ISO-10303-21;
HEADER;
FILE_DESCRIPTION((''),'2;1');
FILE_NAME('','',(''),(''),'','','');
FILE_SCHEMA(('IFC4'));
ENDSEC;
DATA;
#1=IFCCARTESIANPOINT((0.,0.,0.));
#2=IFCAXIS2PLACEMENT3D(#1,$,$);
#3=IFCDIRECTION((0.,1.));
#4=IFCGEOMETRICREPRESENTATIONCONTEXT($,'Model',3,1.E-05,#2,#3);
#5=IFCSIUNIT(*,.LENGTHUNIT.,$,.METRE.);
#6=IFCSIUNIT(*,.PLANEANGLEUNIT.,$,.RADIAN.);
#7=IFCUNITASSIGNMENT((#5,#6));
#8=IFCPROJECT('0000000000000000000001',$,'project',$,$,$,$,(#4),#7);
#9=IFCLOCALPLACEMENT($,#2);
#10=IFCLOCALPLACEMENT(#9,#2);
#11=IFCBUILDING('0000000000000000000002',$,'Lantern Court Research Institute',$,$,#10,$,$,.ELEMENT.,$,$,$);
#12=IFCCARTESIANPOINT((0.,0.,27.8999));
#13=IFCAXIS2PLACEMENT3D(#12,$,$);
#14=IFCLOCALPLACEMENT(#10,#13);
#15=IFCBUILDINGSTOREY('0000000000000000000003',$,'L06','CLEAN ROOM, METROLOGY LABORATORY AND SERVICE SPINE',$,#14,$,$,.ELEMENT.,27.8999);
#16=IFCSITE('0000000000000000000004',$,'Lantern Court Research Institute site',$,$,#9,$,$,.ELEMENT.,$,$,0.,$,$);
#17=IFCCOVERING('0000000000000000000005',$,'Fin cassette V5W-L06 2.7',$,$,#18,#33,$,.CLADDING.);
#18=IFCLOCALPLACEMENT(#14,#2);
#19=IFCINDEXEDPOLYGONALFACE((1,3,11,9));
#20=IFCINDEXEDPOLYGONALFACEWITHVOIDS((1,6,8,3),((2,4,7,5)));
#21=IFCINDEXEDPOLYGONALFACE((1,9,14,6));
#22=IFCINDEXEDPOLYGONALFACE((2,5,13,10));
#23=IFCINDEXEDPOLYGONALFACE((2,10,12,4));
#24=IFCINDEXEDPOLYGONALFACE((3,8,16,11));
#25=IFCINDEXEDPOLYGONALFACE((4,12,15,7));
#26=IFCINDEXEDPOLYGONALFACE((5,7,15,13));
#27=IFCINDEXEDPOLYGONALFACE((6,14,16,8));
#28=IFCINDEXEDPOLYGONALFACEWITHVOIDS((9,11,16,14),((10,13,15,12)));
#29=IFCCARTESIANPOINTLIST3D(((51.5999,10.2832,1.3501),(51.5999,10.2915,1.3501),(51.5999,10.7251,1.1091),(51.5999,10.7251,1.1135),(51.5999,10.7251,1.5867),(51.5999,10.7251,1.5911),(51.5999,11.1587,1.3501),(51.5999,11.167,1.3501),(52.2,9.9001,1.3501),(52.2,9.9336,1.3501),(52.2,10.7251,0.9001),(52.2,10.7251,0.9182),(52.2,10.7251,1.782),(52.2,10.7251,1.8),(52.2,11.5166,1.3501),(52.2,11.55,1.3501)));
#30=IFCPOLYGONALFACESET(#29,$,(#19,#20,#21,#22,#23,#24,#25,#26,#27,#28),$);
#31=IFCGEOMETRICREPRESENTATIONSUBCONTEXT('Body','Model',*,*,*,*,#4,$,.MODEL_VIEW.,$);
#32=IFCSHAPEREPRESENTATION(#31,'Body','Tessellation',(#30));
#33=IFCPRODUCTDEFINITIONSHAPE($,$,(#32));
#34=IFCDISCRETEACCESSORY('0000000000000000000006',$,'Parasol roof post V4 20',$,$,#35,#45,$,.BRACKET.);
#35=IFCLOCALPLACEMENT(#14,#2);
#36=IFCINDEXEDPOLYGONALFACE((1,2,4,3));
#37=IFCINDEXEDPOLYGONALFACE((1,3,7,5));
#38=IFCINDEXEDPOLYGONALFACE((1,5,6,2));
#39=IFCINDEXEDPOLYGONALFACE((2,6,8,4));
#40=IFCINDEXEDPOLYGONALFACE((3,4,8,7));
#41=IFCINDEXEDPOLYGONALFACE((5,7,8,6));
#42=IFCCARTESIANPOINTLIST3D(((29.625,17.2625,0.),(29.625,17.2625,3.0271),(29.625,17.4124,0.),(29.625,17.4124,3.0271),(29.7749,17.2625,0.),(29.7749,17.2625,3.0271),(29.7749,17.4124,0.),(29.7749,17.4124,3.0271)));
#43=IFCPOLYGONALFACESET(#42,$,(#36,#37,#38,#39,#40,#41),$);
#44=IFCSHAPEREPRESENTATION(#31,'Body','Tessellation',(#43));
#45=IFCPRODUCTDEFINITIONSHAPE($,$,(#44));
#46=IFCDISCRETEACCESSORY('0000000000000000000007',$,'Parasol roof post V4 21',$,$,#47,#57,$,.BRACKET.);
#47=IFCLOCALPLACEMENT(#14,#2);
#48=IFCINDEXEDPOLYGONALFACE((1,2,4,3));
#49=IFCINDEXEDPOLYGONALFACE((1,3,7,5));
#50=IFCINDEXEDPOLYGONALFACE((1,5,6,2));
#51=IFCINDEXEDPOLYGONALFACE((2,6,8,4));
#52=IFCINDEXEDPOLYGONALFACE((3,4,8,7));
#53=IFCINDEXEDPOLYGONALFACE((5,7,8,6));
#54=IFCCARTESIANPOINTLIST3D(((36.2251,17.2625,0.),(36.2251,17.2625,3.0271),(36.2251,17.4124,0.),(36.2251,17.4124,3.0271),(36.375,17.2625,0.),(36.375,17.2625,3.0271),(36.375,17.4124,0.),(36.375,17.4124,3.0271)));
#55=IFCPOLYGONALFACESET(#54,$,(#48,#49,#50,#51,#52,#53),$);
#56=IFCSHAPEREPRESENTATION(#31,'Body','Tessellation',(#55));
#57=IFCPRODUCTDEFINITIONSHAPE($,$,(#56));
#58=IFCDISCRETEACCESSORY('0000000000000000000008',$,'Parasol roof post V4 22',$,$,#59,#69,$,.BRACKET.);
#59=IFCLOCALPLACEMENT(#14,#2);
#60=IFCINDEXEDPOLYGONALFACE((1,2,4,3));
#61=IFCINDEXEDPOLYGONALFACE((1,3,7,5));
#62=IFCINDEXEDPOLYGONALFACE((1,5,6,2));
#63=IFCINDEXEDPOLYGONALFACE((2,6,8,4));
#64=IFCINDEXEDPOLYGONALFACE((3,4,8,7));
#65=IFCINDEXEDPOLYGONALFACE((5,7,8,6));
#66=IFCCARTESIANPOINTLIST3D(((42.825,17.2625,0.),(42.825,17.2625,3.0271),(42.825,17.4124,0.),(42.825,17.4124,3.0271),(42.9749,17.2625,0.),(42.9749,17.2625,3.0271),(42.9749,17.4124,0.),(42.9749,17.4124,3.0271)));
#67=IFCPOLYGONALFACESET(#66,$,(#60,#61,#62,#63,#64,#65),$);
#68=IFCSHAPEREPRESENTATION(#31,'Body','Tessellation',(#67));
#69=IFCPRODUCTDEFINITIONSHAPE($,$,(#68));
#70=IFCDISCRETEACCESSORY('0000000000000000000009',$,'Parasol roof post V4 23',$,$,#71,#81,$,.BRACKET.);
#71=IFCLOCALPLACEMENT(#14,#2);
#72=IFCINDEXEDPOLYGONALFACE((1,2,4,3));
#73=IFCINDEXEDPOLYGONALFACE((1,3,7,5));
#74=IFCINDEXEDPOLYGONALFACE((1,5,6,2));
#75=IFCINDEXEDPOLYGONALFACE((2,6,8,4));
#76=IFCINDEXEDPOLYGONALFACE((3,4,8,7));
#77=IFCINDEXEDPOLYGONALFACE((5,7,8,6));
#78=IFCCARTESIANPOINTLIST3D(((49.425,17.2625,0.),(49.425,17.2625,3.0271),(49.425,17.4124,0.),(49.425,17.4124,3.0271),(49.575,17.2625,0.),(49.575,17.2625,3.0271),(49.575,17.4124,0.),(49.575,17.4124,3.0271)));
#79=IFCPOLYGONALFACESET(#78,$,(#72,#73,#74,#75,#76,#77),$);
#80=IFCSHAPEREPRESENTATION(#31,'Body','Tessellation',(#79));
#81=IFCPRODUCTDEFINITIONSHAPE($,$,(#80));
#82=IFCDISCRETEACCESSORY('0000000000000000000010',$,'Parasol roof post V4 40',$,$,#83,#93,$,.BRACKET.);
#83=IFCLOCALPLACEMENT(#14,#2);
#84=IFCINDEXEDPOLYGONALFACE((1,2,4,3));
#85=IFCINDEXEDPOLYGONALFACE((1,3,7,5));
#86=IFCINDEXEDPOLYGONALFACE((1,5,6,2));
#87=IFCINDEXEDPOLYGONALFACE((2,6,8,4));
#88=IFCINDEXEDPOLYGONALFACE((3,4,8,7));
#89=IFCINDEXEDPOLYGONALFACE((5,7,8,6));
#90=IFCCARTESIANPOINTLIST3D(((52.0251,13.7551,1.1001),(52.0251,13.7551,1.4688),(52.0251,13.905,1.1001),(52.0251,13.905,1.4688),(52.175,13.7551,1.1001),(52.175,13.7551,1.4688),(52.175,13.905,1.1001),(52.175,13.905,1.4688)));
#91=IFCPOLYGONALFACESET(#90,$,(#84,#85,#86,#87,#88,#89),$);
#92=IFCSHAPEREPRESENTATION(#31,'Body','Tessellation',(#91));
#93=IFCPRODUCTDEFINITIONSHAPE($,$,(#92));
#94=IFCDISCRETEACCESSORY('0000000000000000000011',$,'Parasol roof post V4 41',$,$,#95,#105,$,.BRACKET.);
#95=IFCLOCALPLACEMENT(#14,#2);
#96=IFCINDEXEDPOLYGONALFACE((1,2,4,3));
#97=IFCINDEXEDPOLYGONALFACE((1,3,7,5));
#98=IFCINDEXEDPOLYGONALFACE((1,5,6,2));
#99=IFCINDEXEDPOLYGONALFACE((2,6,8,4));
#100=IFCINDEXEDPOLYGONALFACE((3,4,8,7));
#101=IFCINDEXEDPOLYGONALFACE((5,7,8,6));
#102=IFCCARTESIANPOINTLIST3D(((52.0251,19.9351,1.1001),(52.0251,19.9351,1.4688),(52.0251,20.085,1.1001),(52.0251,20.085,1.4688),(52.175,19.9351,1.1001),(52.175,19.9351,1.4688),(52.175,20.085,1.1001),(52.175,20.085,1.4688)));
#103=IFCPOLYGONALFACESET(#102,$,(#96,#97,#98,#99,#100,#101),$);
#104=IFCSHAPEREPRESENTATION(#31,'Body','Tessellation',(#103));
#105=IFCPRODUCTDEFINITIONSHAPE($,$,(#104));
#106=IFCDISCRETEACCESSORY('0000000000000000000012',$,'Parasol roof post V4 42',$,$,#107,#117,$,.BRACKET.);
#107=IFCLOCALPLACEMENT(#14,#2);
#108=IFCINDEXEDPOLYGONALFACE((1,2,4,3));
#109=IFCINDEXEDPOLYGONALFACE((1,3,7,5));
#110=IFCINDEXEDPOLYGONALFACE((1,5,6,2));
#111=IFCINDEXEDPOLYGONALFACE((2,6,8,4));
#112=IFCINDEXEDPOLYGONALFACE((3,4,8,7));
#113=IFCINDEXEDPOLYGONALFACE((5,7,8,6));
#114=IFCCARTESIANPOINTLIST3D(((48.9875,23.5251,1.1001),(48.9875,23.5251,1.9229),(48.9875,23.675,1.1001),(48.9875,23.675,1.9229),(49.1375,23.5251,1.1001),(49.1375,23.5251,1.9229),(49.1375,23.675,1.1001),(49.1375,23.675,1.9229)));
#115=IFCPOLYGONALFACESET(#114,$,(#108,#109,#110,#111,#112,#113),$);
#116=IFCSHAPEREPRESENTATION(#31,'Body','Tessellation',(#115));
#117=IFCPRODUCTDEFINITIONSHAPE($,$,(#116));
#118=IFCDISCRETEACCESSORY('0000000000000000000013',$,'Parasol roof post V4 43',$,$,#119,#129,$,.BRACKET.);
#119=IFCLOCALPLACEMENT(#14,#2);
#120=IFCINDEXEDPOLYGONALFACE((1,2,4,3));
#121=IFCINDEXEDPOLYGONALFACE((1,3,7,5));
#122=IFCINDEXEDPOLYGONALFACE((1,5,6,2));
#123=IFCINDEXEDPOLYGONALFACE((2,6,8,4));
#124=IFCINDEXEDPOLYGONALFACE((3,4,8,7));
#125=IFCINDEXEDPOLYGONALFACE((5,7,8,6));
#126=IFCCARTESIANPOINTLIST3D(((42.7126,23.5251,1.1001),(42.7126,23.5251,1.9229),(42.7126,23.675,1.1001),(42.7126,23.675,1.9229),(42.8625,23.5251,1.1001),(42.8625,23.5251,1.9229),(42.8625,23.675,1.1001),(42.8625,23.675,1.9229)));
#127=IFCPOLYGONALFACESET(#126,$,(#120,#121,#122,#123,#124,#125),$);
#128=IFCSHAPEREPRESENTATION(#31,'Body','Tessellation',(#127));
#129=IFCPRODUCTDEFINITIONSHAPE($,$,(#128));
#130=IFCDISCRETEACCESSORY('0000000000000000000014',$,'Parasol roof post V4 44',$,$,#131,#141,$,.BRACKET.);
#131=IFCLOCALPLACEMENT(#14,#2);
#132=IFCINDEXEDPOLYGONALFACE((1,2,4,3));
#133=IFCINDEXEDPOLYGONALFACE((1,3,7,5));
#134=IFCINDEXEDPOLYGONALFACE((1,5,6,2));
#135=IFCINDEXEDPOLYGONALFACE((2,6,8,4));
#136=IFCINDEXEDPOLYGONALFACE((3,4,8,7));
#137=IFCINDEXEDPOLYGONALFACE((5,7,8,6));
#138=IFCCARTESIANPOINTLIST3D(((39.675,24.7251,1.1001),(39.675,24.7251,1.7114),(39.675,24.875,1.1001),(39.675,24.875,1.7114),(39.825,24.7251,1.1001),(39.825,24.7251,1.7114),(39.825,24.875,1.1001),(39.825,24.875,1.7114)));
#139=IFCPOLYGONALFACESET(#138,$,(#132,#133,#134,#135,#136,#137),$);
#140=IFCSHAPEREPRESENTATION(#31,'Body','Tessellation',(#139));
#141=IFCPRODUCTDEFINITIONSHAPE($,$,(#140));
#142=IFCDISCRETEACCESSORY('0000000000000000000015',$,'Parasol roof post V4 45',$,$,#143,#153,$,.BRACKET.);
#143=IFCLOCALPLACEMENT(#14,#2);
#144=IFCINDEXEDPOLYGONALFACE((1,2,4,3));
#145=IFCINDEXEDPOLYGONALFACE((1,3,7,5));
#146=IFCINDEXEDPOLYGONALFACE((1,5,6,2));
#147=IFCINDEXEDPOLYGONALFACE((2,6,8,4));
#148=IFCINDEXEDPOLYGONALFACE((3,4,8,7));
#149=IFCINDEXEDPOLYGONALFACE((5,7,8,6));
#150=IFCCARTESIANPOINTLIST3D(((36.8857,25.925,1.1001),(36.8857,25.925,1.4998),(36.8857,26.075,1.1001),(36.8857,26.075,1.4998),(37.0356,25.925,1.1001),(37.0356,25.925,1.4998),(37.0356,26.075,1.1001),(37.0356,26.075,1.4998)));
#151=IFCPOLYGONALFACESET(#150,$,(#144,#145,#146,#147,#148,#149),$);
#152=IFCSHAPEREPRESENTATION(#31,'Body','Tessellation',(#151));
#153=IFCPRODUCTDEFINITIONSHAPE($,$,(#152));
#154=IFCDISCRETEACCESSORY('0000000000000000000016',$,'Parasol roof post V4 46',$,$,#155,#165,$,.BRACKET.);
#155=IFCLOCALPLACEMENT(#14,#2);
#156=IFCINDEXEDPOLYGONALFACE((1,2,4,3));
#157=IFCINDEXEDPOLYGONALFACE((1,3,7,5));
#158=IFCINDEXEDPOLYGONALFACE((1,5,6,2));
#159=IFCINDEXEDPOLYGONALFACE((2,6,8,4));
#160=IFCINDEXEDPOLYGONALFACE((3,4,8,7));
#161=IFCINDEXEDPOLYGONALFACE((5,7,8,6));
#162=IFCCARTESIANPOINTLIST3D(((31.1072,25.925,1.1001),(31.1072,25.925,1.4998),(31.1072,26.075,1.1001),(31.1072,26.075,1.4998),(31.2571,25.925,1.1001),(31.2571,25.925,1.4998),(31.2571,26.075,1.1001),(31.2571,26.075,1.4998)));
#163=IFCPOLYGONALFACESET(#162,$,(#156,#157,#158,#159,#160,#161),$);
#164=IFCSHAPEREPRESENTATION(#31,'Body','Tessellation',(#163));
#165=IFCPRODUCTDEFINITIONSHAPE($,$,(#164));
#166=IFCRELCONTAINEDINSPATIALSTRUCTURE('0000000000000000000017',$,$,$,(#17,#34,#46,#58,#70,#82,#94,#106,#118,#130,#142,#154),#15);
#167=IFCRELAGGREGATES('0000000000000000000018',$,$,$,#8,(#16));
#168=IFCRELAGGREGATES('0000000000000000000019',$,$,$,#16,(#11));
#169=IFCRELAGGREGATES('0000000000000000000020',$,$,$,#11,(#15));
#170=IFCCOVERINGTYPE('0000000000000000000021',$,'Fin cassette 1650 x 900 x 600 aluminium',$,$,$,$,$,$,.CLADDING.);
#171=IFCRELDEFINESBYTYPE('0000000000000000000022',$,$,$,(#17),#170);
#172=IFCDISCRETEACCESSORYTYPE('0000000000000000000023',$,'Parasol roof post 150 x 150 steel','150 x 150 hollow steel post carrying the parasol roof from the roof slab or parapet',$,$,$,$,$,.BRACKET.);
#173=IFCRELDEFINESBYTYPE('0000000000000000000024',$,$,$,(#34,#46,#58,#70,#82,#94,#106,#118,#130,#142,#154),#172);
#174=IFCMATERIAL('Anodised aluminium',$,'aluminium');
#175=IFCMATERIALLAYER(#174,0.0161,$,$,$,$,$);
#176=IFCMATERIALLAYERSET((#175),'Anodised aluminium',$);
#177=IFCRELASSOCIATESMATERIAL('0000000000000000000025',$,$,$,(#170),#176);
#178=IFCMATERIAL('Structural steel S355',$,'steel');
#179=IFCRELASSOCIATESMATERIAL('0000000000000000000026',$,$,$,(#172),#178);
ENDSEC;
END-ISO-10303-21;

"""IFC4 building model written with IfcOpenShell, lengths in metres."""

from ifc_helpers import new_model, entity, si_unit, direction, frame, origin, origin_2d, place, context, subcontext, project, spatial, rectangle, extrude, material, layer, layer_set, type_object, element, save


model = new_model("IFC4")

# Units and contexts
model_context = context("Model", 3, precision=1e-05, world=origin(), true_north=direction((0.0, 1.0)))
body_context = subcontext(model_context, "Body", "Model", "MODEL_VIEW")
ifc_project = project(units=[si_unit("LENGTHUNIT", "METRE"), si_unit("PLANEANGLEUNIT", "RADIAN")], contexts=[model_context])

# Site, building, storey
site_placement = place(None, origin())
site = spatial("IfcSite", under=ifc_project, at=site_placement, Name="Lantern Court Research Institute site", CompositionType="ELEMENT", RefElevation=0.0)
building_placement = place(site_placement, origin())
building = spatial("IfcBuilding", under=site, at=building_placement, Name="Lantern Court Research Institute", CompositionType="ELEMENT")
storey_placement = place(building_placement, frame((0.0, 0.0, 27.8999)))
storey = spatial("IfcBuildingStorey", under=building, at=storey_placement, Name="L06", Description="CLEAN ROOM, METROLOGY LABORATORY AND SERVICE SPINE", CompositionType="ELEMENT", Elevation=27.8999)

# Covering
ifc_material_1 = material(Name="Anodised aluminium", Category="aluminium")
ifc_layer_1 = layer(ifc_material_1, 0.0161)
ifc_layer_set_1 = layer_set([ifc_layer_1], Name="Anodised aluminium")
covering_type = type_object("IfcCoveringType", Name="Fin cassette 1650 x 900 x 600 aluminium", PredefinedType="CLADDING", material=ifc_layer_set_1)
covering_1_placement = place(storey_placement, frame((52.2, 10.7251, 1.3501), z_axis=(-1.0, 0.0, 0.0), x_axis=(0.0, -1.0, 0.0)))
cartesian_point_1 = entity("IfcCartesianPoint", [0.825, 0.0])
cartesian_point_2 = entity("IfcCartesianPoint", [0.7915, 0.0])
cartesian_point_3 = entity("IfcCartesianPoint", [0.4419, 0.0])
cartesian_point_4 = entity("IfcCartesianPoint", [0.4336, 0.0])
element("IfcCovering", 1, at=covering_1_placement, inside=storey, type_object=covering_type, Name="Fin cassette V5W-L06 2.7", PredefinedType="CLADDING", context=body_context, shape_type="SweptSolid", body=[
    entity("IfcExtrudedAreaSolidTapered", entity("IfcArbitraryProfileDefWithVoids", "AREA", None, entity("IfcPolyline", [cartesian_point_1, entity("IfcCartesianPoint", [0.0, 0.45]), entity("IfcCartesianPoint", [-0.825, 0.0]), entity("IfcCartesianPoint", [0.0, -0.45]), cartesian_point_1]), [entity("IfcPolyline", [cartesian_point_2, entity("IfcCartesianPoint", [0.0, 0.4319]), entity("IfcCartesianPoint", [-0.7915, 0.0]), entity("IfcCartesianPoint", [0.0, -0.4319]), cartesian_point_2])]), entity("IfcAxis2Placement3D", entity("IfcCartesianPoint", [0.0, 0.0, 0.0])), entity("IfcDirection", [0.0, 0.0, 1.0]), 0.6001, entity("IfcArbitraryProfileDefWithVoids", "AREA", None, entity("IfcPolyline", [cartesian_point_3, entity("IfcCartesianPoint", [0.0, 0.241]), entity("IfcCartesianPoint", [-0.4419, 0.0]), entity("IfcCartesianPoint", [0.0, -0.241]), cartesian_point_3]), [entity("IfcPolyline", [cartesian_point_4, entity("IfcCartesianPoint", [0.0, 0.2366]), entity("IfcCartesianPoint", [-0.4336, 0.0]), entity("IfcCartesianPoint", [0.0, -0.2366]), cartesian_point_4])])),
])

# Discrete accessories
ifc_material_2 = material(Name="Structural steel S355", Category="steel")
discrete_accessory_type = type_object("IfcDiscreteAccessoryType", Name="Parasol roof post 150 x 150 steel", Description="150 x 150 hollow steel post carrying the parasol roof from the roof slab or parapet", PredefinedType="BRACKET", material=ifc_material_2)
for number, where, z_axis, x_axis, name in (
    (2, (29.7, 17.3374, 0.0), (0.0, 0.0, 1.0), (1.0, 0.0, 0.0), "Parasol roof post V4 20"),
    (3, (36.3, 17.3374, 0.0), (0.0, 0.0, 1.0), (1.0, 0.0, 0.0), "Parasol roof post V4 21"),
    (4, (42.8999, 17.3374, 0.0), (0.0, 0.0, 1.0), (1.0, 0.0, 0.0), "Parasol roof post V4 22"),
    (5, (49.5, 17.3374, 0.0), (0.0, 0.0, 1.0), (1.0, 0.0, 0.0), "Parasol roof post V4 23"),
):
    element("IfcDiscreteAccessory", number, at=place(storey_placement, frame(where, z_axis=z_axis, x_axis=x_axis)), inside=storey, type_object=discrete_accessory_type, Name=name, PredefinedType="BRACKET", context=body_context, shape_type="SweptSolid", body=[
        extrude(rectangle(XDim=0.1499, YDim=0.1499, at=origin_2d()), origin(), (0.0, 0.0, 1.0), 3.0271),
    ])
for number, where, z_axis, x_axis, name in (
    (6, (52.1001, 13.8301, 1.1001), (0.0, 0.0, 1.0), (1.0, 0.0, 0.0), "Parasol roof post V4 40"),
    (7, (52.1001, 20.01, 1.1001), (0.0, 0.0, 1.0), (1.0, 0.0, 0.0), "Parasol roof post V4 41"),
):
    element("IfcDiscreteAccessory", number, at=place(storey_placement, frame(where, z_axis=z_axis, x_axis=x_axis)), inside=storey, type_object=discrete_accessory_type, Name=name, PredefinedType="BRACKET", context=body_context, shape_type="SweptSolid", body=[
        extrude(rectangle(XDim=0.1499, YDim=0.1499, at=origin_2d()), origin(), (0.0, 0.0, 1.0), 0.3687),
    ])
for number, where, z_axis, x_axis, name in (
    (8, (49.0625, 23.6001, 1.1001), (0.0, 0.0, 1.0), (1.0, 0.0, 0.0), "Parasol roof post V4 42"),
    (9, (42.7876, 23.6001, 1.1001), (0.0, 0.0, 1.0), (1.0, 0.0, 0.0), "Parasol roof post V4 43"),
):
    element("IfcDiscreteAccessory", number, at=place(storey_placement, frame(where, z_axis=z_axis, x_axis=x_axis)), inside=storey, type_object=discrete_accessory_type, Name=name, PredefinedType="BRACKET", context=body_context, shape_type="SweptSolid", body=[
        extrude(rectangle(XDim=0.1499, YDim=0.1499, at=origin_2d()), origin(), (0.0, 0.0, 1.0), 0.8228),
    ])
discrete_accessory_placement = place(storey_placement, frame((39.75, 24.8, 1.1001), z_axis=(0.0, 0.0, 1.0), x_axis=(1.0, 0.0, 0.0)))
element("IfcDiscreteAccessory", 10, at=discrete_accessory_placement, inside=storey, type_object=discrete_accessory_type, Name="Parasol roof post V4 44", PredefinedType="BRACKET", context=body_context, shape_type="SweptSolid", body=[
    extrude(rectangle(XDim=0.1499, YDim=0.1499, at=origin_2d()), origin(), (0.0, 0.0, 1.0), 0.6113),
])
for number, where, z_axis, x_axis, name in (
    (11, (36.9607, 26.0, 1.1001), (0.0, 0.0, 1.0), (1.0, 0.0, 0.0), "Parasol roof post V4 45"),
    (12, (31.1821, 26.0, 1.1001), (0.0, 0.0, 1.0), (1.0, 0.0, 0.0), "Parasol roof post V4 46"),
):
    element("IfcDiscreteAccessory", number, at=place(storey_placement, frame(where, z_axis=z_axis, x_axis=x_axis)), inside=storey, type_object=discrete_accessory_type, Name=name, PredefinedType="BRACKET", context=body_context, shape_type="SweptSolid", body=[
        extrude(rectangle(XDim=0.1499, YDim=0.1499, at=origin_2d()), origin(), (0.0, 0.0, 1.0), 0.3997),
    ])

save(model, "model.ifc")
